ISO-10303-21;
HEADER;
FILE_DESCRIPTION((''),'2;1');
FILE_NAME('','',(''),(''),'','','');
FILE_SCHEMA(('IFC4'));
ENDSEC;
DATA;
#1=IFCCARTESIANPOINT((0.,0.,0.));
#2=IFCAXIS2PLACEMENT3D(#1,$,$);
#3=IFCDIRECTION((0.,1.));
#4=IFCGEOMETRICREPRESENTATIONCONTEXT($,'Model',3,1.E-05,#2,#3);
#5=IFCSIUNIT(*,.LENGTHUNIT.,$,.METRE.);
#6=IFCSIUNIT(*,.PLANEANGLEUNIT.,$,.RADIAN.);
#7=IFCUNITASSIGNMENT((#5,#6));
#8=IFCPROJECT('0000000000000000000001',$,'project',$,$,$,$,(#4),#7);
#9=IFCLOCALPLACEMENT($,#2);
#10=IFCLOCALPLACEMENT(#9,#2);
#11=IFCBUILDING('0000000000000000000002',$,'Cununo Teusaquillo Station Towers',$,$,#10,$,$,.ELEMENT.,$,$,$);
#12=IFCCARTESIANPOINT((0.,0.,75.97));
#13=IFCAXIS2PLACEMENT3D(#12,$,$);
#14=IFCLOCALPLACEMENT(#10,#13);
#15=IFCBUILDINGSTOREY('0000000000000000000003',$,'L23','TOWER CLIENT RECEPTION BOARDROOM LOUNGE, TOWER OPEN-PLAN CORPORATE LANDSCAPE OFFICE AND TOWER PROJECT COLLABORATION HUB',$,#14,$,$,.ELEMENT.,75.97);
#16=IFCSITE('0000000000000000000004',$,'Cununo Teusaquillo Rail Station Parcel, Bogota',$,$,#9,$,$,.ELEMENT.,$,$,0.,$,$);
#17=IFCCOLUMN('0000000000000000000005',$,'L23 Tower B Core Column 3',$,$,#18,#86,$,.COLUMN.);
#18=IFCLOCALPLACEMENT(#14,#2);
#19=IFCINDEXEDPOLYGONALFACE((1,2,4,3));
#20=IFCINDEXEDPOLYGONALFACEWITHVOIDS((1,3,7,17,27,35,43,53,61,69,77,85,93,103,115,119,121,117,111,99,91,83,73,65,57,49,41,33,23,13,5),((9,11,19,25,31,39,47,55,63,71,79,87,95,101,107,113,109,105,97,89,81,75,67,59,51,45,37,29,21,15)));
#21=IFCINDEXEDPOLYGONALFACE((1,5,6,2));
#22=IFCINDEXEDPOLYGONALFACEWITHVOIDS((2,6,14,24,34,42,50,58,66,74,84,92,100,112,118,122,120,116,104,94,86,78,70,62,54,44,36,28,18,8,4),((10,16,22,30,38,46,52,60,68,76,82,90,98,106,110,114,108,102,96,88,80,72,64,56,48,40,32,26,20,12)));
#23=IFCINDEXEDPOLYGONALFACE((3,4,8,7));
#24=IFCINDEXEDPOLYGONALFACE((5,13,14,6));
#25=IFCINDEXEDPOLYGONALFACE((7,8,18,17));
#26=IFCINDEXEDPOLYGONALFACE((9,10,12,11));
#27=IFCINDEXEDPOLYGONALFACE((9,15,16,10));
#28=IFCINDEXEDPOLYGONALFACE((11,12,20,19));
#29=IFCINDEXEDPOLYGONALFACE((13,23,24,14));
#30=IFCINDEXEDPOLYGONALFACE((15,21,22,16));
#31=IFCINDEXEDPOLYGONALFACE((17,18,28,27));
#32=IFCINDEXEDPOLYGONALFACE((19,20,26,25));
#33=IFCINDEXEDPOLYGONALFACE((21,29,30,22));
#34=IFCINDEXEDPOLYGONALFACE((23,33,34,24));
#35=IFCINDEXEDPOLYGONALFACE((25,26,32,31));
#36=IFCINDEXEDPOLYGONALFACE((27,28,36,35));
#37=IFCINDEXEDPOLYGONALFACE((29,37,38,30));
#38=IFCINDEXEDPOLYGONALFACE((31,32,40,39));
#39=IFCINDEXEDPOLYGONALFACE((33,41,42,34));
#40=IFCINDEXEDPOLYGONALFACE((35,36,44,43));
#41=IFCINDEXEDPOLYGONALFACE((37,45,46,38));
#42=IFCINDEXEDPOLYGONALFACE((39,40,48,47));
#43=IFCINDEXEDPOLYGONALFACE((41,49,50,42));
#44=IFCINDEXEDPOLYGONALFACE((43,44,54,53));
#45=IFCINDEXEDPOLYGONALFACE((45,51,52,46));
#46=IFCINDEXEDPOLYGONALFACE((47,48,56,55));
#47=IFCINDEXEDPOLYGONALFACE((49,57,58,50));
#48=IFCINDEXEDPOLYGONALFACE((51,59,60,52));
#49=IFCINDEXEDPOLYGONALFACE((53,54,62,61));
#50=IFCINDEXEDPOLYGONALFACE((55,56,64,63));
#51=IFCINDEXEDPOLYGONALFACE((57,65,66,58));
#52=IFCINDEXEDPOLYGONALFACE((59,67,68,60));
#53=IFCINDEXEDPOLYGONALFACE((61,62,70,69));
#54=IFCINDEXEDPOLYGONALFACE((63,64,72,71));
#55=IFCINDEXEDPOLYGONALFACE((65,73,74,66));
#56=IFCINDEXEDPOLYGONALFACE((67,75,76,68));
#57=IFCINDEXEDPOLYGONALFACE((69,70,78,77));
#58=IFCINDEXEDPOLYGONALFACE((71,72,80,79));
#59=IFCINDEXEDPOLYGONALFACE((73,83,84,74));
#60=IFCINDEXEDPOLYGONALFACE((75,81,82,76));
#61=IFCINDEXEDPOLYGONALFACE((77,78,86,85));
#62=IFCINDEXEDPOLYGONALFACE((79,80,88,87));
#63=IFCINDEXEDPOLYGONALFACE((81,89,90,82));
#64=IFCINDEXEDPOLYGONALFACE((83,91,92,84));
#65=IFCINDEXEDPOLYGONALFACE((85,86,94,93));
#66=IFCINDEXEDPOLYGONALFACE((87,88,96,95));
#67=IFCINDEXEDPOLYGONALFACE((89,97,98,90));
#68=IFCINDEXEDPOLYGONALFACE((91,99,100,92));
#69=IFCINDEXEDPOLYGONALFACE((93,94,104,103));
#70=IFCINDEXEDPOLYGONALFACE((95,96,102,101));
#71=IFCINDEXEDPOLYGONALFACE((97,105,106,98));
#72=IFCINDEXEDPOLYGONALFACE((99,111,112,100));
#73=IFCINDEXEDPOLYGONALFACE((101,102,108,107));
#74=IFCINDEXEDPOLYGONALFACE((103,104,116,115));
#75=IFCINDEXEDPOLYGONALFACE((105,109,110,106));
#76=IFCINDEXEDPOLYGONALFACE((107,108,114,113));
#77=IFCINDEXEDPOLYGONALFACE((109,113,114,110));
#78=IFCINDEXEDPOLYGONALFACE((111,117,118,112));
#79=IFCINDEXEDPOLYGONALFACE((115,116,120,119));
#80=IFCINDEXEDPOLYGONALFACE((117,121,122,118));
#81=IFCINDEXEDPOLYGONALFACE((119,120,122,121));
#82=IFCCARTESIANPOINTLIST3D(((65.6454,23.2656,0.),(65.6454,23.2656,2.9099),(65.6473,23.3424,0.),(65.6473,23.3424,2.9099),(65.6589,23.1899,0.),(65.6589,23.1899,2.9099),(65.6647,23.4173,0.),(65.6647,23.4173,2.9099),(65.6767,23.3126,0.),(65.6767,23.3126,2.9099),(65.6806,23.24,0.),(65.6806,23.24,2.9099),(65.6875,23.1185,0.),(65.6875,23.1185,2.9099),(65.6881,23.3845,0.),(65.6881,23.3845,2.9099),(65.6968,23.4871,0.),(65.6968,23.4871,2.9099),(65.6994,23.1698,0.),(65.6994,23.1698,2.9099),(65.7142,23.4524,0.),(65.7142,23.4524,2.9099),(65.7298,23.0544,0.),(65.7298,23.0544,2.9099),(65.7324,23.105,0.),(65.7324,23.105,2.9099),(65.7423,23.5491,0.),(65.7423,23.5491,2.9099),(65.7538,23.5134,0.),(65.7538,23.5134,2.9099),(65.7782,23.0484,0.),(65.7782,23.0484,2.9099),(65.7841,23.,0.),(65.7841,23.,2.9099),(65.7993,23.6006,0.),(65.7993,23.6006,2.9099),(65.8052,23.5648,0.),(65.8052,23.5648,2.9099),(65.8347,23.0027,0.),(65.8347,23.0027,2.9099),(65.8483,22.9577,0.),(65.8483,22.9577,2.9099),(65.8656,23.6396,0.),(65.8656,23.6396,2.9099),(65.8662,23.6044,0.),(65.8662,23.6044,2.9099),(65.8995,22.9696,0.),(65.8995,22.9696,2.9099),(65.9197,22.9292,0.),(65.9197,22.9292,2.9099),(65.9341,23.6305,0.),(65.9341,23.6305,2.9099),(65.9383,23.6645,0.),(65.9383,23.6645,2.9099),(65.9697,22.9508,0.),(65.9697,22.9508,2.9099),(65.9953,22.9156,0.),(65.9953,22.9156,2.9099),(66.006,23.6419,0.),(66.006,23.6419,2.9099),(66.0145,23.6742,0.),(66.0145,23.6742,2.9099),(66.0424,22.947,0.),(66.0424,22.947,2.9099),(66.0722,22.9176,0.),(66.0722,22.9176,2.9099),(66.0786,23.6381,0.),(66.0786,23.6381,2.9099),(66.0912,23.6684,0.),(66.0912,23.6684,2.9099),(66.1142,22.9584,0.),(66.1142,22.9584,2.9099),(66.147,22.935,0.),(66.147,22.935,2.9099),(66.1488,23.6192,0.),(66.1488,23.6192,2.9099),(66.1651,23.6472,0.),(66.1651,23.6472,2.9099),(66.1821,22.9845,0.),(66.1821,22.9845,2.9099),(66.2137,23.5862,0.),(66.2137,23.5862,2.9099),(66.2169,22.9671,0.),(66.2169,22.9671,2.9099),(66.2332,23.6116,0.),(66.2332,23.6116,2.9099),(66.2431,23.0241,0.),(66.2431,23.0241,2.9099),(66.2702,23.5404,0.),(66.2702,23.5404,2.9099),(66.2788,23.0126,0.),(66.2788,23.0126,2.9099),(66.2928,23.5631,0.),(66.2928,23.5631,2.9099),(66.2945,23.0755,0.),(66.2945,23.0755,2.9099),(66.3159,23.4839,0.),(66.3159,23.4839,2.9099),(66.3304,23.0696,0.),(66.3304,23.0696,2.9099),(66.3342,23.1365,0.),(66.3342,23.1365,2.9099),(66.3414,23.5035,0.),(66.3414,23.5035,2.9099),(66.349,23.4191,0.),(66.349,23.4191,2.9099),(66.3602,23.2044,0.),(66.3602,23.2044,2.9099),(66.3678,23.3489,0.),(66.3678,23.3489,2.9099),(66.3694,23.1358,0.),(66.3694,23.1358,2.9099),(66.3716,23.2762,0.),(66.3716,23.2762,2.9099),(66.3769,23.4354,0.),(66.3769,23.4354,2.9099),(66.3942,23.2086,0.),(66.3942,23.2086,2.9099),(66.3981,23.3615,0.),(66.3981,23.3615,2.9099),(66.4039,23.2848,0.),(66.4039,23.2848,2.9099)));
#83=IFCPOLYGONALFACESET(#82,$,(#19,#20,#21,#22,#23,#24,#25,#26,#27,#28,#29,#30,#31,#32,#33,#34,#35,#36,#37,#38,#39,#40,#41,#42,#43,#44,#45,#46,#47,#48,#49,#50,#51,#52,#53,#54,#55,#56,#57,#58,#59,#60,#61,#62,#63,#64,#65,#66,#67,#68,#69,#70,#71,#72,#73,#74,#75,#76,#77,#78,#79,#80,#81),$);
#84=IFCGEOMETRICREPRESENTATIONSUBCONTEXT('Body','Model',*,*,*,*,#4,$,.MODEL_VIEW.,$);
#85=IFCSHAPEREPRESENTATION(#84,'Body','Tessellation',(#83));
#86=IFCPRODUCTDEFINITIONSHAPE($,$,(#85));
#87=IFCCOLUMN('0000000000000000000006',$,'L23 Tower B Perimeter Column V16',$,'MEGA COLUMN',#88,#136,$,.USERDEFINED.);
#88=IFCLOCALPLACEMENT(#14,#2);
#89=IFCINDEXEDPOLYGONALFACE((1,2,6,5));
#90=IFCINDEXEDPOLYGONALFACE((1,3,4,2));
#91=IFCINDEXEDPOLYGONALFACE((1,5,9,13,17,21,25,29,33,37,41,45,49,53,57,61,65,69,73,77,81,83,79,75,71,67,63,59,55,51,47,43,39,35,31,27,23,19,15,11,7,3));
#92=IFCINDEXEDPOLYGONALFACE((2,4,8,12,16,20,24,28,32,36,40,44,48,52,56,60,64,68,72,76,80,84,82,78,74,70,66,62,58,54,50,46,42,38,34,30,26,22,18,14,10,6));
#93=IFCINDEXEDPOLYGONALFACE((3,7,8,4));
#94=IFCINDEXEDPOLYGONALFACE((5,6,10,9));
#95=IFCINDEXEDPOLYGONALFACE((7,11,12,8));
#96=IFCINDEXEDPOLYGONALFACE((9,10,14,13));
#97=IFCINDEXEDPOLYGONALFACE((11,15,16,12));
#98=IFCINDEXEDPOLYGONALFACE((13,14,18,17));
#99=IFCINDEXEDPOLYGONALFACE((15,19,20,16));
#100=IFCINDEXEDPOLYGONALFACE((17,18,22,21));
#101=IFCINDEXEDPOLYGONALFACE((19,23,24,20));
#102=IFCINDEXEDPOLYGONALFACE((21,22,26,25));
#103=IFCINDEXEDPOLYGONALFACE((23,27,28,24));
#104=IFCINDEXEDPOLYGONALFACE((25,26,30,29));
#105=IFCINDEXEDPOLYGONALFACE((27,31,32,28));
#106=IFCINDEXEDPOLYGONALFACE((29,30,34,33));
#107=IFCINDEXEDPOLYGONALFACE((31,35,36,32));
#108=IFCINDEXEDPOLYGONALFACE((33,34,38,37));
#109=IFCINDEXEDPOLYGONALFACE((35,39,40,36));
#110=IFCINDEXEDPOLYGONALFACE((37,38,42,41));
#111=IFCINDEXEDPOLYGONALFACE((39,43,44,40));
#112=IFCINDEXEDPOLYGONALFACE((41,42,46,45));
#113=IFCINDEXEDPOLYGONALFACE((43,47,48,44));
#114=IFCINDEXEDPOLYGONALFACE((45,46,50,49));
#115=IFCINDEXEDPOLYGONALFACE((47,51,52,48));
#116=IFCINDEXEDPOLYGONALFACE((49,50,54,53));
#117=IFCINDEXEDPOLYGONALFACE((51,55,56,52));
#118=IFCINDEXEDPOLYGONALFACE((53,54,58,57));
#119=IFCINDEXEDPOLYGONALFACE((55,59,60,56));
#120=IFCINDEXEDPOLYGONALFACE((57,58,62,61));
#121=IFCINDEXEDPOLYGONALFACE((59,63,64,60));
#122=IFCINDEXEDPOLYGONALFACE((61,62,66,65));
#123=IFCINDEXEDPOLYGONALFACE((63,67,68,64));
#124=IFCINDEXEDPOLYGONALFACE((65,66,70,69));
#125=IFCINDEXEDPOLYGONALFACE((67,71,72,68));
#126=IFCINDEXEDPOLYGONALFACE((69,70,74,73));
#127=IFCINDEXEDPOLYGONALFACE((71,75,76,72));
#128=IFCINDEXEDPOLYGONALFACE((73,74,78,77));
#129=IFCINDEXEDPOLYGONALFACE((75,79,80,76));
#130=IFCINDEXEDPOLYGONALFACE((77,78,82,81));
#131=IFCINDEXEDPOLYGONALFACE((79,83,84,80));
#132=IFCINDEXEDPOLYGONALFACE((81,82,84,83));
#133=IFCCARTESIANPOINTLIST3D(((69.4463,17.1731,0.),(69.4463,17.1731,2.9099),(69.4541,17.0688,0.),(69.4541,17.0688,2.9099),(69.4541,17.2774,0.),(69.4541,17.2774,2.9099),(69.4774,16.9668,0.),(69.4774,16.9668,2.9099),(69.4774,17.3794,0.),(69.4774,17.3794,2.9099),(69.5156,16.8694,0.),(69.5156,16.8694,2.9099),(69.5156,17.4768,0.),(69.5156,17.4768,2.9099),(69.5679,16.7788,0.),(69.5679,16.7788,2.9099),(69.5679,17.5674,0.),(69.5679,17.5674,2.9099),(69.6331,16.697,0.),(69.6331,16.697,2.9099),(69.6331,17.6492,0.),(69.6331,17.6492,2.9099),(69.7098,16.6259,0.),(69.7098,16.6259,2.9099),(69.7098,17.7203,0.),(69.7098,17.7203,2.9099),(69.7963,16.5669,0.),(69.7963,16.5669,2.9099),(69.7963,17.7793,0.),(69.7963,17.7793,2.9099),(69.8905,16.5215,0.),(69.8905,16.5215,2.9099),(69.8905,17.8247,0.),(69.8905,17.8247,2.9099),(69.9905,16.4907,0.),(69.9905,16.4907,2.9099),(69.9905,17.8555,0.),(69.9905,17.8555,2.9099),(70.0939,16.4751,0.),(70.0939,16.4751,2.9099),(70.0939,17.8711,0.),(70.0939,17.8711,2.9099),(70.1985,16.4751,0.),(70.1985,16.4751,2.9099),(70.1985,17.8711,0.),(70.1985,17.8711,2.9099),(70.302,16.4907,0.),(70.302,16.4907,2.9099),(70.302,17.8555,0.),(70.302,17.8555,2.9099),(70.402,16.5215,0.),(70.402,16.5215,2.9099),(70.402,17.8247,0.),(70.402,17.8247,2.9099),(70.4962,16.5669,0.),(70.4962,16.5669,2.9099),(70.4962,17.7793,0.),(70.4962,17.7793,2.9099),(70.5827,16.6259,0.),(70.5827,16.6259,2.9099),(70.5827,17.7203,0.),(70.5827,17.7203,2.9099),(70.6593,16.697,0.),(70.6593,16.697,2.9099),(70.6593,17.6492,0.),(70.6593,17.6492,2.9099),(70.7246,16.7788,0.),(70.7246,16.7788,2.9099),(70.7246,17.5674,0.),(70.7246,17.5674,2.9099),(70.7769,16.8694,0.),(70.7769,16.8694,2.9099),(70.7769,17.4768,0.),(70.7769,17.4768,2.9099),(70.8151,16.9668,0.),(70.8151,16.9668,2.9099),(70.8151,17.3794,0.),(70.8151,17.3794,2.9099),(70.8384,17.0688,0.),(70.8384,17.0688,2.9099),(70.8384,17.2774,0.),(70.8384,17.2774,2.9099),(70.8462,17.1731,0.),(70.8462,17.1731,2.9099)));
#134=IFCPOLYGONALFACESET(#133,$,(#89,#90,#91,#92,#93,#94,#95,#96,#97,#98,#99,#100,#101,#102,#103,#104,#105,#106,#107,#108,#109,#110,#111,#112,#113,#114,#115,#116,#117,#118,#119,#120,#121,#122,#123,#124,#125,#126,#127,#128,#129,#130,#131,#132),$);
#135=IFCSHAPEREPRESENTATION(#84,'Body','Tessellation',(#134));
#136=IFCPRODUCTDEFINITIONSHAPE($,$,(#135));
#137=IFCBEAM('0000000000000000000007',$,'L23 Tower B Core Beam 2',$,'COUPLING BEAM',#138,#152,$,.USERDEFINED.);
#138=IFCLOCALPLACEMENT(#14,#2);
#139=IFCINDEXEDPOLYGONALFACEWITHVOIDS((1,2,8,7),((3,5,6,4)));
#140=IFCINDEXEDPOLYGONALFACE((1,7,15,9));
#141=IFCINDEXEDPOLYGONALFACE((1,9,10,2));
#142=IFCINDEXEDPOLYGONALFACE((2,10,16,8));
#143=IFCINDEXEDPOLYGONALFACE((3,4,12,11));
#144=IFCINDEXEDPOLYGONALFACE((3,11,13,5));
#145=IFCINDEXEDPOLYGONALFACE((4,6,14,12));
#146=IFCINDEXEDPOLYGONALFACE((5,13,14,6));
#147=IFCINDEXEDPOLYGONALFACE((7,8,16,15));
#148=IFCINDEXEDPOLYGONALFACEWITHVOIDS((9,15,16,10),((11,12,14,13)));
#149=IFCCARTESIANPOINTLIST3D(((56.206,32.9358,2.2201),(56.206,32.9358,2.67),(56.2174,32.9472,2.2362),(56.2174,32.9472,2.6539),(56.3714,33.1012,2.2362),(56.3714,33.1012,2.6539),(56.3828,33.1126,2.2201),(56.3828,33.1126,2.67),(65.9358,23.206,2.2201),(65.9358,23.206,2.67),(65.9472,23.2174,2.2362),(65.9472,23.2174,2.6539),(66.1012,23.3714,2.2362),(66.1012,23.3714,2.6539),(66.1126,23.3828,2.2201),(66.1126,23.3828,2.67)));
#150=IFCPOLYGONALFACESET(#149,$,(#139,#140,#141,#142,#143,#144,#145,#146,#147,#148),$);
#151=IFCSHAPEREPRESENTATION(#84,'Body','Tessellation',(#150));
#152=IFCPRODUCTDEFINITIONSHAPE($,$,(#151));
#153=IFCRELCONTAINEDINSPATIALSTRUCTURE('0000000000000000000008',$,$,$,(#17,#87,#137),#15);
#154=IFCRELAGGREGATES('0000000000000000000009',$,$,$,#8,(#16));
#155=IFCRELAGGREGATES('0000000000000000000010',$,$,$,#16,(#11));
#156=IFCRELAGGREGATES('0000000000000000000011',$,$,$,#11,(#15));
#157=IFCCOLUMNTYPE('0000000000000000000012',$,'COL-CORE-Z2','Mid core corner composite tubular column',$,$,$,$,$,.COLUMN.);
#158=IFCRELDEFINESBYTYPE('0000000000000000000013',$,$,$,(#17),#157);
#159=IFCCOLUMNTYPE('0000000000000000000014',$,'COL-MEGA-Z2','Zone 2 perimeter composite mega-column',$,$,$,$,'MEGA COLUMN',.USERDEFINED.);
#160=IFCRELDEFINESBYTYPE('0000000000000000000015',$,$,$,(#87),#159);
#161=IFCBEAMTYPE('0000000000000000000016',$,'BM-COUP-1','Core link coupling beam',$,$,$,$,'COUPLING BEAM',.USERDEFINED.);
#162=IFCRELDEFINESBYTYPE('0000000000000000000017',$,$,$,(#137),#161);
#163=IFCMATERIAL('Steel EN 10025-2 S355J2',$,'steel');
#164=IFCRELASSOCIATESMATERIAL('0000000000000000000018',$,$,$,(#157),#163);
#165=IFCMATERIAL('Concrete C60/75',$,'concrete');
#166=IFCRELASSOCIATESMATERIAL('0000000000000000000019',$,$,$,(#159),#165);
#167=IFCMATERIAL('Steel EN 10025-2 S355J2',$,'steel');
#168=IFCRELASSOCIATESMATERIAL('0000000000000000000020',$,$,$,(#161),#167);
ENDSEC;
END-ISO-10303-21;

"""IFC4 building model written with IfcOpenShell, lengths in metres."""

from ifc_helpers import new_model, si_unit, direction, frame, origin, origin_2d, place, context, subcontext, project, spatial, hollow_rectangle, circle, hollow_circle, extrude, material, material_profile, profile_set, type_object, element, save


model = new_model("IFC4")

# Units and contexts
model_context = context("Model", 3, precision=1e-05, world=origin(), true_north=direction((0.0, 1.0)))
body_context = subcontext(model_context, "Body", "Model", "MODEL_VIEW")
ifc_project = project(units=[si_unit("LENGTHUNIT", "METRE"), si_unit("PLANEANGLEUNIT", "RADIAN")], contexts=[model_context])

# Site, building, storey
site_placement = place(None, origin())
site = spatial("IfcSite", under=ifc_project, at=site_placement, Name="Cununo Teusaquillo Rail Station Parcel, Bogota", CompositionType="ELEMENT", RefElevation=0.0)
building_placement = place(site_placement, origin())
building = spatial("IfcBuilding", under=site, at=building_placement, Name="Cununo Teusaquillo Station Towers", CompositionType="ELEMENT")
storey_placement = place(building_placement, frame((0.0, 0.0, 75.97)))
storey = spatial("IfcBuildingStorey", under=building, at=storey_placement, Name="L23", Description="TOWER CLIENT RECEPTION BOARDROOM LOUNGE, TOWER OPEN-PLAN CORPORATE LANDSCAPE OFFICE AND TOWER PROJECT COLLABORATION HUB", CompositionType="ELEMENT", Elevation=75.97)

# Columns
ifc_material_1 = material(Name="Steel EN 10025-2 S355J2", Category="steel")
ifc_material_profile_1 = material_profile(ifc_material_1, hollow_circle(Radius=0.3799, WallThickness=0.032, at=origin_2d()), Name="CHS 760x32")
ifc_profile_set_1 = profile_set([ifc_material_profile_1], Name="Steel EN 10025-2 S355J2")
column_type_1 = type_object("IfcColumnType", Name="COL-CORE-Z2", Description="Mid core corner composite tubular column", PredefinedType="COLUMN", material=ifc_profile_set_1)
column_1_placement = place(storey_placement, frame((66.0242, 23.2944, 0.0), z_axis=(0.0, 0.0, 1.0), x_axis=(0.707107, 0.707107, 0.0)))
element("IfcColumn", 1, at=column_1_placement, inside=storey, type_object=column_type_1, Name="L23 Tower B Core Column 3", PredefinedType="COLUMN", context=body_context, shape_type="SweptSolid", body=[
    extrude(hollow_circle(Radius=0.3799, WallThickness=0.032, at=origin_2d()), origin(), (0.0, 0.0, 1.0), 2.9099),
])
ifc_material_2 = material(Name="Concrete C60/75", Category="concrete")
ifc_material_profile_2 = material_profile(ifc_material_2, circle(Radius=0.7, at=origin_2d()), Name="RC-CIRC-1400")
ifc_profile_set_2 = profile_set([ifc_material_profile_2], Name="Concrete C60/75")
column_type_2 = type_object("IfcColumnType", Name="COL-MEGA-Z2", Description="Zone 2 perimeter composite mega-column", ElementType="MEGA COLUMN", PredefinedType="USERDEFINED", material=ifc_profile_set_2)
column_2_placement = place(storey_placement, frame((70.1462, 17.1731, 0.0), z_axis=(0.0, 0.0, 1.0), x_axis=(1.0, 0.0, 0.0)))
element("IfcColumn", 2, at=column_2_placement, inside=storey, type_object=column_type_2, Name="L23 Tower B Perimeter Column V16", ObjectType="MEGA COLUMN", PredefinedType="USERDEFINED", context=body_context, shape_type="SweptSolid", body=[
    extrude(circle(Radius=0.7, at=origin_2d()), origin(), (0.0, 0.0, 1.0), 2.9099),
])

# Beam
ifc_material_3 = material(Name="Steel EN 10025-2 S355J2", Category="steel")
ifc_material_profile_3 = material_profile(ifc_material_3, hollow_rectangle(XDim=0.25, YDim=0.45, WallThickness=0.0161, at=origin_2d()), Name="RHS 450x250x16")
ifc_profile_set_3 = profile_set([ifc_material_profile_3], Name="Steel EN 10025-2 S355J2")
beam_type_1 = type_object("IfcBeamType", Name="BM-COUP-1", Description="Core link coupling beam", ElementType="COUPLING BEAM", PredefinedType="USERDEFINED", material=ifc_profile_set_3)
beam_1_placement = place(storey_placement, frame((66.0242, 23.2944, 2.4451), z_axis=(-0.707107, 0.707107, 0.0), x_axis=(-0.707107, -0.707107, 0.0)))
element("IfcBeam", 3, at=beam_1_placement, inside=storey, type_object=beam_type_1, Name="L23 Tower B Core Beam 2", ObjectType="COUPLING BEAM", PredefinedType="USERDEFINED", context=body_context, shape_type="SweptSolid", body=[
    extrude(hollow_rectangle(XDim=0.25, YDim=0.45, WallThickness=0.0161, at=origin_2d()), origin(), (0.0, 0.0, 1.0), 13.76),
])

save(model, "model.ifc")
